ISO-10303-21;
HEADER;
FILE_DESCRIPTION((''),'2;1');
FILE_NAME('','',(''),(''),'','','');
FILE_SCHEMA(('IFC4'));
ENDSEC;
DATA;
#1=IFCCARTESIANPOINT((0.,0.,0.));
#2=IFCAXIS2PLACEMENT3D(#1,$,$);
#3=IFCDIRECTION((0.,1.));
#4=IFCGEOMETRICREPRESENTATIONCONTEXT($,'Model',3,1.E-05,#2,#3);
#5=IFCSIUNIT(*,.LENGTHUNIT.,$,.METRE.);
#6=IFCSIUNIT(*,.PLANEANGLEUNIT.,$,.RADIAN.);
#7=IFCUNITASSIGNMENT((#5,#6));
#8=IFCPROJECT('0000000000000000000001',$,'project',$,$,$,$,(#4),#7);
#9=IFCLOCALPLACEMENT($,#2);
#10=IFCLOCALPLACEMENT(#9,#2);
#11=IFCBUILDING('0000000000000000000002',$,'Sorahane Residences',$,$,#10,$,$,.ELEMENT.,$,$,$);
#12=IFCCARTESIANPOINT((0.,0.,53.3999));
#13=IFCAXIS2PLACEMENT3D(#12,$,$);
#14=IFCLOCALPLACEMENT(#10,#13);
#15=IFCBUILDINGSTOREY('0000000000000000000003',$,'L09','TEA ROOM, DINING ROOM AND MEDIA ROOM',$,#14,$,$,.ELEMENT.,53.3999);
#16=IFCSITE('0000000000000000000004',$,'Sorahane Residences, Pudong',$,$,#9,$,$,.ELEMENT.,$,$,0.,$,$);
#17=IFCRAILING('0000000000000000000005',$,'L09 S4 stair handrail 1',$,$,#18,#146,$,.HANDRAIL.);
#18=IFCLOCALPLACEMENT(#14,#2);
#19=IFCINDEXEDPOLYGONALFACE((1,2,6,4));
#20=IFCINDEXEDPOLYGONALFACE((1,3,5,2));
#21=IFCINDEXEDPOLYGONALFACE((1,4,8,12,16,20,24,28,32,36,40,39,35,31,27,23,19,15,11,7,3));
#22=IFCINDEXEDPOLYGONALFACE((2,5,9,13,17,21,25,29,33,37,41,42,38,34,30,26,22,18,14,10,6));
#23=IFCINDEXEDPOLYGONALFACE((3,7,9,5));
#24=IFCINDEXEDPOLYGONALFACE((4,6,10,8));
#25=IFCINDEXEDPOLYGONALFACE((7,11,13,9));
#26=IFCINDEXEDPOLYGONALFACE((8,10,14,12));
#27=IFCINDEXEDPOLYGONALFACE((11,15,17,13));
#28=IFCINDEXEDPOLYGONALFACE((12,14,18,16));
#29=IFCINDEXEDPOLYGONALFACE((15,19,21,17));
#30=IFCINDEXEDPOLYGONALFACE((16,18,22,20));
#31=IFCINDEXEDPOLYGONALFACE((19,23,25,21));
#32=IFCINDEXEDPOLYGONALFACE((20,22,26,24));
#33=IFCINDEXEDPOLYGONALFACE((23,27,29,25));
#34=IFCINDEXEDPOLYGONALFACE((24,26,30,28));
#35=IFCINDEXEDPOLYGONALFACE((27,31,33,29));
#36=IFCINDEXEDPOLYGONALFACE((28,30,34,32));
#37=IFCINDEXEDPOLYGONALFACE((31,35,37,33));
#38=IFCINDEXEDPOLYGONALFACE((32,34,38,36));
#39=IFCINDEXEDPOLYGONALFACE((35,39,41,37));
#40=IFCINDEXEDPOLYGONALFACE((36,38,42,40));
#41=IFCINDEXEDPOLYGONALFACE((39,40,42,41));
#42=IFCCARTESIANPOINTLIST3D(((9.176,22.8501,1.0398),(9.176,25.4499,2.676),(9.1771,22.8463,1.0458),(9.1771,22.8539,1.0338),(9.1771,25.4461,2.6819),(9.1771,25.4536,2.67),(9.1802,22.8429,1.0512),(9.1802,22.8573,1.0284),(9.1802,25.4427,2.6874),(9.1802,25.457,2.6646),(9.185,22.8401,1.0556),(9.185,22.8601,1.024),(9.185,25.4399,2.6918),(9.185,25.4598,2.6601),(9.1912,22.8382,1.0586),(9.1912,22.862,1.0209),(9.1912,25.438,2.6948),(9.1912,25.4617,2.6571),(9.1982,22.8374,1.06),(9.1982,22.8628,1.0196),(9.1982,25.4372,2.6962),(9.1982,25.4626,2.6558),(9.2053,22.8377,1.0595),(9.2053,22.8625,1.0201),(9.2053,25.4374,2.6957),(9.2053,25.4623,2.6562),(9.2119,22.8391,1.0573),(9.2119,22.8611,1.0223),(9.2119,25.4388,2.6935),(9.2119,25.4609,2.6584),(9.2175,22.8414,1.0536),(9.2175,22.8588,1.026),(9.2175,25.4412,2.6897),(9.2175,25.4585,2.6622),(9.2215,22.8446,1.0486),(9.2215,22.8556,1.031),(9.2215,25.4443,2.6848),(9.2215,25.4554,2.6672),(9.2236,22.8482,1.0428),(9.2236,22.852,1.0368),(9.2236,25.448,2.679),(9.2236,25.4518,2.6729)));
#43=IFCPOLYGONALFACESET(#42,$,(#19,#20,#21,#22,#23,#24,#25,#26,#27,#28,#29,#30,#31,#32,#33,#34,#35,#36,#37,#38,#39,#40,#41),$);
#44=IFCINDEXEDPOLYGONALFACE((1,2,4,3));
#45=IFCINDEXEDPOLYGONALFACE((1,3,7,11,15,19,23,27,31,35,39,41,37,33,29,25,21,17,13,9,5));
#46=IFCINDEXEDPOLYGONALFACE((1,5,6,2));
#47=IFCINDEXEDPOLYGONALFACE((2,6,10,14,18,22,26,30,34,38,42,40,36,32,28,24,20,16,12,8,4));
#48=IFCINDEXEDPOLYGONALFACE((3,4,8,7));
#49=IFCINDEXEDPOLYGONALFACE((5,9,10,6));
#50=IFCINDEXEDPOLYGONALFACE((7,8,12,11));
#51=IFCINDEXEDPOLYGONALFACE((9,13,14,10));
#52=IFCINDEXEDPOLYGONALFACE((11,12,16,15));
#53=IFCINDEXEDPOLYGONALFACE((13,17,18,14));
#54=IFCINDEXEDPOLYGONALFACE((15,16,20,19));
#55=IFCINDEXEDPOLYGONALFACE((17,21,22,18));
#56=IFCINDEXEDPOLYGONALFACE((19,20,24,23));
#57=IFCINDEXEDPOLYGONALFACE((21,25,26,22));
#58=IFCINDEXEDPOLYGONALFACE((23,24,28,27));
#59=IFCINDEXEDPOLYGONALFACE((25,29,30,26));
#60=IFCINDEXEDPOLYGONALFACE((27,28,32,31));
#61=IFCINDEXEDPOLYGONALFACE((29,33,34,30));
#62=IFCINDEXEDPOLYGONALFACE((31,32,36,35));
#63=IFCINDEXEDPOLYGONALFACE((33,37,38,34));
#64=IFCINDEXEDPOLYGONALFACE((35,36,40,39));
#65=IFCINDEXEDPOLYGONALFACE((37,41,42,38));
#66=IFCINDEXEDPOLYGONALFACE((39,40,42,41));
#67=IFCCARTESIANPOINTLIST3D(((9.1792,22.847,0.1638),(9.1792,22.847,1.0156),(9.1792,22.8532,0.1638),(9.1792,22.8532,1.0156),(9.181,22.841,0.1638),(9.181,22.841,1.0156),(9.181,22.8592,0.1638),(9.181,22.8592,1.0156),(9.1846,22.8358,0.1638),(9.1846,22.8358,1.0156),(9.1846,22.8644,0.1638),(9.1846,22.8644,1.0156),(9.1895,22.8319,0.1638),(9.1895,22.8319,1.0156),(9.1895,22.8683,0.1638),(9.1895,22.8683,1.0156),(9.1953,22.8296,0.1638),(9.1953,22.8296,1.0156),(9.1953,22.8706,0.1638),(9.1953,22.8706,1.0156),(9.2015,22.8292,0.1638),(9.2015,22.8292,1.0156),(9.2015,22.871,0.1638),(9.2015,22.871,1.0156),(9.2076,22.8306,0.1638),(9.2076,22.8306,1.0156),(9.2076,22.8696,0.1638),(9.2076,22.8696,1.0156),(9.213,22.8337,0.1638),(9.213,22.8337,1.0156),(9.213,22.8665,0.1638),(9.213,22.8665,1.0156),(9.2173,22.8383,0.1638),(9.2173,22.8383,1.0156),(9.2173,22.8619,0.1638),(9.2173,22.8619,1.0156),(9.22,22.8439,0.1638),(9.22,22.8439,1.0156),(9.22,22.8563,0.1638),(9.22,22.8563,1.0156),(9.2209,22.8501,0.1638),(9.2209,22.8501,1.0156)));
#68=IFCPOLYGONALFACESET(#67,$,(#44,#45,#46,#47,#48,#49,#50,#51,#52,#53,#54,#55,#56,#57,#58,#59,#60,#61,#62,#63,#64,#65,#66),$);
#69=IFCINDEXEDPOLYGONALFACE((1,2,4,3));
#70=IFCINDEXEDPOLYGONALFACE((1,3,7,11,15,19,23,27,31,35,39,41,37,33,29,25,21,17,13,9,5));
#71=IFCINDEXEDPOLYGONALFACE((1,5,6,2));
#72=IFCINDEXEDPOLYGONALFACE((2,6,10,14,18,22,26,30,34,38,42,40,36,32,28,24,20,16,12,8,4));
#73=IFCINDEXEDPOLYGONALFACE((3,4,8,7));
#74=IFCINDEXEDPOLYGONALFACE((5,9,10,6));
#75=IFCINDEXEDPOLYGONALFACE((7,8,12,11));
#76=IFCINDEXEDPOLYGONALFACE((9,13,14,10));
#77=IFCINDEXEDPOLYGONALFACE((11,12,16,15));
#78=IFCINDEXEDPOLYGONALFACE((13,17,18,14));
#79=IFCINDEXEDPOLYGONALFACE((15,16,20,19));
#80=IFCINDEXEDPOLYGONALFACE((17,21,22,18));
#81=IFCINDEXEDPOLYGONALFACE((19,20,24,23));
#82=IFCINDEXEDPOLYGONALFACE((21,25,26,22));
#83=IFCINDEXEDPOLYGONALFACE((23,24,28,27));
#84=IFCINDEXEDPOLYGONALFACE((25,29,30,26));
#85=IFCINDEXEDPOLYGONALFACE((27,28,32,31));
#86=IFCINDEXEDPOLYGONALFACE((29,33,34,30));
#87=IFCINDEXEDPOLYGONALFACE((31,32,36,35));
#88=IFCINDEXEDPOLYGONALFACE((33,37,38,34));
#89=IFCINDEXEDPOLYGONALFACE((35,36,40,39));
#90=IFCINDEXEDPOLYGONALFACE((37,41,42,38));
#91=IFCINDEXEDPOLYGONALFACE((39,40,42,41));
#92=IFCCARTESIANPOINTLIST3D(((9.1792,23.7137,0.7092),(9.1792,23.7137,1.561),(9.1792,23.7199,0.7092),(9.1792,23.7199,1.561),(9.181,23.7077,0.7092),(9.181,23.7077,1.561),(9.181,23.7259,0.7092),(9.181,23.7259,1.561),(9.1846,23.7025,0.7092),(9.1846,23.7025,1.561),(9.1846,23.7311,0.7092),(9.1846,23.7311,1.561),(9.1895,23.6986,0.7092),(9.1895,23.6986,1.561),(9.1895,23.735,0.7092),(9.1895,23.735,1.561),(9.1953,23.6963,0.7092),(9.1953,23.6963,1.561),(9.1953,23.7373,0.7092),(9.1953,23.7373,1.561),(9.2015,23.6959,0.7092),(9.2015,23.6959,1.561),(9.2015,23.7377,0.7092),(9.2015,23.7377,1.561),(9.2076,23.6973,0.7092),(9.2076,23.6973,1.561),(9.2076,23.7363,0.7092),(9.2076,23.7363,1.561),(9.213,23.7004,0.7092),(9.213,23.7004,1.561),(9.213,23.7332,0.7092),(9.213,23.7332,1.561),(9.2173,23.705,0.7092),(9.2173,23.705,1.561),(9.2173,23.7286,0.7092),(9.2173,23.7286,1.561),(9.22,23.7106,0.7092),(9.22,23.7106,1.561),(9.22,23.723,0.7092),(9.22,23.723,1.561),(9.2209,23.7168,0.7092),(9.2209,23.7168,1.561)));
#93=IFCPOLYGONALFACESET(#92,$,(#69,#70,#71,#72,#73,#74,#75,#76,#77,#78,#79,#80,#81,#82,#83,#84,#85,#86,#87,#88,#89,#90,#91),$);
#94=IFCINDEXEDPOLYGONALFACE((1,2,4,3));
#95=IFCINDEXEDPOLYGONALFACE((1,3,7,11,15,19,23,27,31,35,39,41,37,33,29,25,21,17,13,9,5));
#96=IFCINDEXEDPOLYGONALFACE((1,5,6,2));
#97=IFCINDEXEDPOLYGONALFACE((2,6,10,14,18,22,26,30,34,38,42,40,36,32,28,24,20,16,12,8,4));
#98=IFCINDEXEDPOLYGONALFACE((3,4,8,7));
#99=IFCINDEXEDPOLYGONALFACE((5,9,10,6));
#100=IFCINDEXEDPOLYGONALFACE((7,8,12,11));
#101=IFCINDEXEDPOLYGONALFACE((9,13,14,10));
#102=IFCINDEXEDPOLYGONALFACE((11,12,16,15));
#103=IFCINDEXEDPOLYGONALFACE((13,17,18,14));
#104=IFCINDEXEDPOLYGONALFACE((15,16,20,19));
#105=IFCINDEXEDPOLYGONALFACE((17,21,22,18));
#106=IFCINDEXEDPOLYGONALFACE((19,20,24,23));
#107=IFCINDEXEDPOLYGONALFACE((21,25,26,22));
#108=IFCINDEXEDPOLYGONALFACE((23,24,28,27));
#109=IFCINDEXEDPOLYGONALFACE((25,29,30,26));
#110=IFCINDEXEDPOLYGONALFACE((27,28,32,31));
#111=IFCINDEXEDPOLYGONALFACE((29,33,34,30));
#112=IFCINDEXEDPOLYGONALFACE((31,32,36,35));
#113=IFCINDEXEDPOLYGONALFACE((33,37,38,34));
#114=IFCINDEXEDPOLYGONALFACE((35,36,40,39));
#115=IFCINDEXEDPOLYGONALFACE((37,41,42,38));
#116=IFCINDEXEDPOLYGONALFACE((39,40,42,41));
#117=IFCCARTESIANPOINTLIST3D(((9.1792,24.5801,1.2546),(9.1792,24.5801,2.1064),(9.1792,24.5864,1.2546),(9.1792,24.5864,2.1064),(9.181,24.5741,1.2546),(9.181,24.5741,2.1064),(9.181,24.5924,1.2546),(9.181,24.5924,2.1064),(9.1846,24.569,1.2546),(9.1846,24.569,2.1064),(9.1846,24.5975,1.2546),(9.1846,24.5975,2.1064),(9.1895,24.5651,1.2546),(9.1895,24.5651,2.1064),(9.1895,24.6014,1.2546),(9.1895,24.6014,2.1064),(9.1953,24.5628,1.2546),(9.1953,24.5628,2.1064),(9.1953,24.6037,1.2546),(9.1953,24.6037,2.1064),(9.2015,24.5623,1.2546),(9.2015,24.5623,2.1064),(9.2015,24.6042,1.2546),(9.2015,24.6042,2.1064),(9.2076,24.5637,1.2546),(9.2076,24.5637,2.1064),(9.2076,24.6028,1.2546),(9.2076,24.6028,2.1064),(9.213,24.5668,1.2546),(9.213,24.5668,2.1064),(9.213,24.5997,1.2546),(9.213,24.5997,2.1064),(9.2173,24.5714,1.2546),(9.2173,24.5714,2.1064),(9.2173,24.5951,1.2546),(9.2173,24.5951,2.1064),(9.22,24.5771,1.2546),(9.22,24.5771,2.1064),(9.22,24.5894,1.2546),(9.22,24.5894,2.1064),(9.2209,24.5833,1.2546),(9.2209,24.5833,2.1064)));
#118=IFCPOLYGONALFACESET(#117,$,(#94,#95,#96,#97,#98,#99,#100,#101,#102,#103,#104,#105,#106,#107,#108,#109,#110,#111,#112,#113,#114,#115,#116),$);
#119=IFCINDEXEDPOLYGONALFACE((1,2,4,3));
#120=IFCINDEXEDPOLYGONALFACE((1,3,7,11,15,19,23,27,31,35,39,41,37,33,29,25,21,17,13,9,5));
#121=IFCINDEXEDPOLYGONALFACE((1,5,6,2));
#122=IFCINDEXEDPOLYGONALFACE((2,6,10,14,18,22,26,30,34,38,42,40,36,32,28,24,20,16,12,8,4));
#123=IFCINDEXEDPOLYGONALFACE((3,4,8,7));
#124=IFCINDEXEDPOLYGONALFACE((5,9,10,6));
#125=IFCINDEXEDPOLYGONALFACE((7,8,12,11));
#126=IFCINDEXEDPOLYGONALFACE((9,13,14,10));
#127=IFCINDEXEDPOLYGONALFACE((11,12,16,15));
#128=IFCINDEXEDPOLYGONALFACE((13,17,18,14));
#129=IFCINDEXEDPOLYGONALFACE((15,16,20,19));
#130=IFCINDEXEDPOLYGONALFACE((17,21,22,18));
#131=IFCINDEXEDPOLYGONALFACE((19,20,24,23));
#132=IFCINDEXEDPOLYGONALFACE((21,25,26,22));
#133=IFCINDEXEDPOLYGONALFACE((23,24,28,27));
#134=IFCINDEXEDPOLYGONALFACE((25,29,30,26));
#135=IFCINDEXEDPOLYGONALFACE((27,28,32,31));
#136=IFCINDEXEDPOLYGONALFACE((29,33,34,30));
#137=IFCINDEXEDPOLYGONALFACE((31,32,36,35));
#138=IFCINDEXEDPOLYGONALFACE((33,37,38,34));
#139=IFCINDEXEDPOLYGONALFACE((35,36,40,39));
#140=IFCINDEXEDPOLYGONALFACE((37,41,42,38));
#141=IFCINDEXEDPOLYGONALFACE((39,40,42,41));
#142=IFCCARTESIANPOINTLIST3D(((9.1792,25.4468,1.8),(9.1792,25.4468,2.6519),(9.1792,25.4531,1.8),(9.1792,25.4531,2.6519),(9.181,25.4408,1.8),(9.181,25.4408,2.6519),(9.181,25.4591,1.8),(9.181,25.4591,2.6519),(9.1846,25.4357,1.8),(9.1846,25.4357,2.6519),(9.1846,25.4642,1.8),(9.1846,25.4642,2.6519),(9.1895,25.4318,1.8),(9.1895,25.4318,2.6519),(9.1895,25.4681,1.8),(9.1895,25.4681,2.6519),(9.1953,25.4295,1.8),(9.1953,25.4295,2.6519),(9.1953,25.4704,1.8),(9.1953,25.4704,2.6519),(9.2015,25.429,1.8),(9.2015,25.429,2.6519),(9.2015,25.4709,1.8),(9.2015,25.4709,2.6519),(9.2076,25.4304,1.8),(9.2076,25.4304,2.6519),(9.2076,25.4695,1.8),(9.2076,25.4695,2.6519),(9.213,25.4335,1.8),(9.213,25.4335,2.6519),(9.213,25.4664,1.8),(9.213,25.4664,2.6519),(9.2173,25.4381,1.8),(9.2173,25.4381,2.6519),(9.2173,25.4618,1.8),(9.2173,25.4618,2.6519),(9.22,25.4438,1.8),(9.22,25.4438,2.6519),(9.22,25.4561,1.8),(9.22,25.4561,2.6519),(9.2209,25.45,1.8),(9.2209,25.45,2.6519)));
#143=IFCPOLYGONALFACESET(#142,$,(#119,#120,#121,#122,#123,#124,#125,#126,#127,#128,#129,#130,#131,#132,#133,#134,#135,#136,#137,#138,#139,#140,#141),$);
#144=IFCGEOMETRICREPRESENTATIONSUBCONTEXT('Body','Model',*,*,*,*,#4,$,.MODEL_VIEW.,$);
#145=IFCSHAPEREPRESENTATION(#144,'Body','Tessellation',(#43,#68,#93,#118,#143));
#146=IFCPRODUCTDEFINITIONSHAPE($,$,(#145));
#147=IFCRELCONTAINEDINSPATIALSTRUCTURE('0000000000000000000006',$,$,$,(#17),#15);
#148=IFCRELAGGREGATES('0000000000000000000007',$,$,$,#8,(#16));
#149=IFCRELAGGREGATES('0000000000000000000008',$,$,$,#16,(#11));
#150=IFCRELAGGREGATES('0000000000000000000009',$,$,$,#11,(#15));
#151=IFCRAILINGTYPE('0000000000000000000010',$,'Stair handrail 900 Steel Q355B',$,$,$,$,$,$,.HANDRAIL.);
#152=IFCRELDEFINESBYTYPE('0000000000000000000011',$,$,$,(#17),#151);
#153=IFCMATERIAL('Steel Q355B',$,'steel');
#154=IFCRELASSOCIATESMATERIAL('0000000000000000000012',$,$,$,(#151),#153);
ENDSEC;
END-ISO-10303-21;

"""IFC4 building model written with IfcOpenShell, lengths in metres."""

from ifc_helpers import new_model, si_unit, direction, frame, origin, origin_2d, place, context, subcontext, project, spatial, circle, extrude, material, type_object, element, save


model = new_model("IFC4")

# Units and contexts
model_context = context("Model", 3, precision=1e-05, world=origin(), true_north=direction((0.0, 1.0)))
body_context = subcontext(model_context, "Body", "Model", "MODEL_VIEW")
ifc_project = project(units=[si_unit("LENGTHUNIT", "METRE"), si_unit("PLANEANGLEUNIT", "RADIAN")], contexts=[model_context])

# Site, building, storey
site_placement = place(None, origin())
site = spatial("IfcSite", under=ifc_project, at=site_placement, Name="Sorahane Residences, Pudong", CompositionType="ELEMENT", RefElevation=0.0)
building_placement = place(site_placement, origin())
building = spatial("IfcBuilding", under=site, at=building_placement, Name="Sorahane Residences", CompositionType="ELEMENT")
storey_placement = place(building_placement, frame((0.0, 0.0, 53.3999)))
storey = spatial("IfcBuildingStorey", under=building, at=storey_placement, Name="L09", Description="TEA ROOM, DINING ROOM AND MEDIA ROOM", CompositionType="ELEMENT", Elevation=53.3999)

# Railing
ifc_material_1 = material(Name="Steel Q355B", Category="steel")
railing_type_1 = type_object("IfcRailingType", Name="Stair handrail 900 Steel Q355B", PredefinedType="HANDRAIL", material=ifc_material_1)
railing_1_placement = place(storey_placement, frame((9.2, 22.8501, 0.1638)))
element("IfcRailing", 1, at=railing_1_placement, inside=storey, type_object=railing_type_1, Name="L09 S4 stair handrail 1", PredefinedType="HANDRAIL", context=body_context, shape_type="SweptSolid", body=[
    extrude(circle(Radius=0.0239, at=origin_2d()), frame((0.0, 0.0, 0.876), z_axis=(0.0, 0.846338, 0.532647), x_axis=(-1.0, 0.0, 0.0)), (0.0, 0.0, 1.0), 3.0718),
    extrude(circle(Radius=0.021, at=origin_2d()), origin(), (0.0, 0.0, 1.0), 0.8518),
    extrude(circle(Radius=0.021, at=origin_2d()), frame((0.0, 0.8667, 0.5454)), (0.0, 0.0, 1.0), 0.8518),
    extrude(circle(Radius=0.021, at=origin_2d()), frame((0.0, 1.7332, 1.0908)), (0.0, 0.0, 1.0), 0.8518),
    extrude(circle(Radius=0.021, at=origin_2d()), frame((0.0, 2.5999, 1.6362)), (0.0, 0.0, 1.0), 0.8518),
])

save(model, "model.ifc")
